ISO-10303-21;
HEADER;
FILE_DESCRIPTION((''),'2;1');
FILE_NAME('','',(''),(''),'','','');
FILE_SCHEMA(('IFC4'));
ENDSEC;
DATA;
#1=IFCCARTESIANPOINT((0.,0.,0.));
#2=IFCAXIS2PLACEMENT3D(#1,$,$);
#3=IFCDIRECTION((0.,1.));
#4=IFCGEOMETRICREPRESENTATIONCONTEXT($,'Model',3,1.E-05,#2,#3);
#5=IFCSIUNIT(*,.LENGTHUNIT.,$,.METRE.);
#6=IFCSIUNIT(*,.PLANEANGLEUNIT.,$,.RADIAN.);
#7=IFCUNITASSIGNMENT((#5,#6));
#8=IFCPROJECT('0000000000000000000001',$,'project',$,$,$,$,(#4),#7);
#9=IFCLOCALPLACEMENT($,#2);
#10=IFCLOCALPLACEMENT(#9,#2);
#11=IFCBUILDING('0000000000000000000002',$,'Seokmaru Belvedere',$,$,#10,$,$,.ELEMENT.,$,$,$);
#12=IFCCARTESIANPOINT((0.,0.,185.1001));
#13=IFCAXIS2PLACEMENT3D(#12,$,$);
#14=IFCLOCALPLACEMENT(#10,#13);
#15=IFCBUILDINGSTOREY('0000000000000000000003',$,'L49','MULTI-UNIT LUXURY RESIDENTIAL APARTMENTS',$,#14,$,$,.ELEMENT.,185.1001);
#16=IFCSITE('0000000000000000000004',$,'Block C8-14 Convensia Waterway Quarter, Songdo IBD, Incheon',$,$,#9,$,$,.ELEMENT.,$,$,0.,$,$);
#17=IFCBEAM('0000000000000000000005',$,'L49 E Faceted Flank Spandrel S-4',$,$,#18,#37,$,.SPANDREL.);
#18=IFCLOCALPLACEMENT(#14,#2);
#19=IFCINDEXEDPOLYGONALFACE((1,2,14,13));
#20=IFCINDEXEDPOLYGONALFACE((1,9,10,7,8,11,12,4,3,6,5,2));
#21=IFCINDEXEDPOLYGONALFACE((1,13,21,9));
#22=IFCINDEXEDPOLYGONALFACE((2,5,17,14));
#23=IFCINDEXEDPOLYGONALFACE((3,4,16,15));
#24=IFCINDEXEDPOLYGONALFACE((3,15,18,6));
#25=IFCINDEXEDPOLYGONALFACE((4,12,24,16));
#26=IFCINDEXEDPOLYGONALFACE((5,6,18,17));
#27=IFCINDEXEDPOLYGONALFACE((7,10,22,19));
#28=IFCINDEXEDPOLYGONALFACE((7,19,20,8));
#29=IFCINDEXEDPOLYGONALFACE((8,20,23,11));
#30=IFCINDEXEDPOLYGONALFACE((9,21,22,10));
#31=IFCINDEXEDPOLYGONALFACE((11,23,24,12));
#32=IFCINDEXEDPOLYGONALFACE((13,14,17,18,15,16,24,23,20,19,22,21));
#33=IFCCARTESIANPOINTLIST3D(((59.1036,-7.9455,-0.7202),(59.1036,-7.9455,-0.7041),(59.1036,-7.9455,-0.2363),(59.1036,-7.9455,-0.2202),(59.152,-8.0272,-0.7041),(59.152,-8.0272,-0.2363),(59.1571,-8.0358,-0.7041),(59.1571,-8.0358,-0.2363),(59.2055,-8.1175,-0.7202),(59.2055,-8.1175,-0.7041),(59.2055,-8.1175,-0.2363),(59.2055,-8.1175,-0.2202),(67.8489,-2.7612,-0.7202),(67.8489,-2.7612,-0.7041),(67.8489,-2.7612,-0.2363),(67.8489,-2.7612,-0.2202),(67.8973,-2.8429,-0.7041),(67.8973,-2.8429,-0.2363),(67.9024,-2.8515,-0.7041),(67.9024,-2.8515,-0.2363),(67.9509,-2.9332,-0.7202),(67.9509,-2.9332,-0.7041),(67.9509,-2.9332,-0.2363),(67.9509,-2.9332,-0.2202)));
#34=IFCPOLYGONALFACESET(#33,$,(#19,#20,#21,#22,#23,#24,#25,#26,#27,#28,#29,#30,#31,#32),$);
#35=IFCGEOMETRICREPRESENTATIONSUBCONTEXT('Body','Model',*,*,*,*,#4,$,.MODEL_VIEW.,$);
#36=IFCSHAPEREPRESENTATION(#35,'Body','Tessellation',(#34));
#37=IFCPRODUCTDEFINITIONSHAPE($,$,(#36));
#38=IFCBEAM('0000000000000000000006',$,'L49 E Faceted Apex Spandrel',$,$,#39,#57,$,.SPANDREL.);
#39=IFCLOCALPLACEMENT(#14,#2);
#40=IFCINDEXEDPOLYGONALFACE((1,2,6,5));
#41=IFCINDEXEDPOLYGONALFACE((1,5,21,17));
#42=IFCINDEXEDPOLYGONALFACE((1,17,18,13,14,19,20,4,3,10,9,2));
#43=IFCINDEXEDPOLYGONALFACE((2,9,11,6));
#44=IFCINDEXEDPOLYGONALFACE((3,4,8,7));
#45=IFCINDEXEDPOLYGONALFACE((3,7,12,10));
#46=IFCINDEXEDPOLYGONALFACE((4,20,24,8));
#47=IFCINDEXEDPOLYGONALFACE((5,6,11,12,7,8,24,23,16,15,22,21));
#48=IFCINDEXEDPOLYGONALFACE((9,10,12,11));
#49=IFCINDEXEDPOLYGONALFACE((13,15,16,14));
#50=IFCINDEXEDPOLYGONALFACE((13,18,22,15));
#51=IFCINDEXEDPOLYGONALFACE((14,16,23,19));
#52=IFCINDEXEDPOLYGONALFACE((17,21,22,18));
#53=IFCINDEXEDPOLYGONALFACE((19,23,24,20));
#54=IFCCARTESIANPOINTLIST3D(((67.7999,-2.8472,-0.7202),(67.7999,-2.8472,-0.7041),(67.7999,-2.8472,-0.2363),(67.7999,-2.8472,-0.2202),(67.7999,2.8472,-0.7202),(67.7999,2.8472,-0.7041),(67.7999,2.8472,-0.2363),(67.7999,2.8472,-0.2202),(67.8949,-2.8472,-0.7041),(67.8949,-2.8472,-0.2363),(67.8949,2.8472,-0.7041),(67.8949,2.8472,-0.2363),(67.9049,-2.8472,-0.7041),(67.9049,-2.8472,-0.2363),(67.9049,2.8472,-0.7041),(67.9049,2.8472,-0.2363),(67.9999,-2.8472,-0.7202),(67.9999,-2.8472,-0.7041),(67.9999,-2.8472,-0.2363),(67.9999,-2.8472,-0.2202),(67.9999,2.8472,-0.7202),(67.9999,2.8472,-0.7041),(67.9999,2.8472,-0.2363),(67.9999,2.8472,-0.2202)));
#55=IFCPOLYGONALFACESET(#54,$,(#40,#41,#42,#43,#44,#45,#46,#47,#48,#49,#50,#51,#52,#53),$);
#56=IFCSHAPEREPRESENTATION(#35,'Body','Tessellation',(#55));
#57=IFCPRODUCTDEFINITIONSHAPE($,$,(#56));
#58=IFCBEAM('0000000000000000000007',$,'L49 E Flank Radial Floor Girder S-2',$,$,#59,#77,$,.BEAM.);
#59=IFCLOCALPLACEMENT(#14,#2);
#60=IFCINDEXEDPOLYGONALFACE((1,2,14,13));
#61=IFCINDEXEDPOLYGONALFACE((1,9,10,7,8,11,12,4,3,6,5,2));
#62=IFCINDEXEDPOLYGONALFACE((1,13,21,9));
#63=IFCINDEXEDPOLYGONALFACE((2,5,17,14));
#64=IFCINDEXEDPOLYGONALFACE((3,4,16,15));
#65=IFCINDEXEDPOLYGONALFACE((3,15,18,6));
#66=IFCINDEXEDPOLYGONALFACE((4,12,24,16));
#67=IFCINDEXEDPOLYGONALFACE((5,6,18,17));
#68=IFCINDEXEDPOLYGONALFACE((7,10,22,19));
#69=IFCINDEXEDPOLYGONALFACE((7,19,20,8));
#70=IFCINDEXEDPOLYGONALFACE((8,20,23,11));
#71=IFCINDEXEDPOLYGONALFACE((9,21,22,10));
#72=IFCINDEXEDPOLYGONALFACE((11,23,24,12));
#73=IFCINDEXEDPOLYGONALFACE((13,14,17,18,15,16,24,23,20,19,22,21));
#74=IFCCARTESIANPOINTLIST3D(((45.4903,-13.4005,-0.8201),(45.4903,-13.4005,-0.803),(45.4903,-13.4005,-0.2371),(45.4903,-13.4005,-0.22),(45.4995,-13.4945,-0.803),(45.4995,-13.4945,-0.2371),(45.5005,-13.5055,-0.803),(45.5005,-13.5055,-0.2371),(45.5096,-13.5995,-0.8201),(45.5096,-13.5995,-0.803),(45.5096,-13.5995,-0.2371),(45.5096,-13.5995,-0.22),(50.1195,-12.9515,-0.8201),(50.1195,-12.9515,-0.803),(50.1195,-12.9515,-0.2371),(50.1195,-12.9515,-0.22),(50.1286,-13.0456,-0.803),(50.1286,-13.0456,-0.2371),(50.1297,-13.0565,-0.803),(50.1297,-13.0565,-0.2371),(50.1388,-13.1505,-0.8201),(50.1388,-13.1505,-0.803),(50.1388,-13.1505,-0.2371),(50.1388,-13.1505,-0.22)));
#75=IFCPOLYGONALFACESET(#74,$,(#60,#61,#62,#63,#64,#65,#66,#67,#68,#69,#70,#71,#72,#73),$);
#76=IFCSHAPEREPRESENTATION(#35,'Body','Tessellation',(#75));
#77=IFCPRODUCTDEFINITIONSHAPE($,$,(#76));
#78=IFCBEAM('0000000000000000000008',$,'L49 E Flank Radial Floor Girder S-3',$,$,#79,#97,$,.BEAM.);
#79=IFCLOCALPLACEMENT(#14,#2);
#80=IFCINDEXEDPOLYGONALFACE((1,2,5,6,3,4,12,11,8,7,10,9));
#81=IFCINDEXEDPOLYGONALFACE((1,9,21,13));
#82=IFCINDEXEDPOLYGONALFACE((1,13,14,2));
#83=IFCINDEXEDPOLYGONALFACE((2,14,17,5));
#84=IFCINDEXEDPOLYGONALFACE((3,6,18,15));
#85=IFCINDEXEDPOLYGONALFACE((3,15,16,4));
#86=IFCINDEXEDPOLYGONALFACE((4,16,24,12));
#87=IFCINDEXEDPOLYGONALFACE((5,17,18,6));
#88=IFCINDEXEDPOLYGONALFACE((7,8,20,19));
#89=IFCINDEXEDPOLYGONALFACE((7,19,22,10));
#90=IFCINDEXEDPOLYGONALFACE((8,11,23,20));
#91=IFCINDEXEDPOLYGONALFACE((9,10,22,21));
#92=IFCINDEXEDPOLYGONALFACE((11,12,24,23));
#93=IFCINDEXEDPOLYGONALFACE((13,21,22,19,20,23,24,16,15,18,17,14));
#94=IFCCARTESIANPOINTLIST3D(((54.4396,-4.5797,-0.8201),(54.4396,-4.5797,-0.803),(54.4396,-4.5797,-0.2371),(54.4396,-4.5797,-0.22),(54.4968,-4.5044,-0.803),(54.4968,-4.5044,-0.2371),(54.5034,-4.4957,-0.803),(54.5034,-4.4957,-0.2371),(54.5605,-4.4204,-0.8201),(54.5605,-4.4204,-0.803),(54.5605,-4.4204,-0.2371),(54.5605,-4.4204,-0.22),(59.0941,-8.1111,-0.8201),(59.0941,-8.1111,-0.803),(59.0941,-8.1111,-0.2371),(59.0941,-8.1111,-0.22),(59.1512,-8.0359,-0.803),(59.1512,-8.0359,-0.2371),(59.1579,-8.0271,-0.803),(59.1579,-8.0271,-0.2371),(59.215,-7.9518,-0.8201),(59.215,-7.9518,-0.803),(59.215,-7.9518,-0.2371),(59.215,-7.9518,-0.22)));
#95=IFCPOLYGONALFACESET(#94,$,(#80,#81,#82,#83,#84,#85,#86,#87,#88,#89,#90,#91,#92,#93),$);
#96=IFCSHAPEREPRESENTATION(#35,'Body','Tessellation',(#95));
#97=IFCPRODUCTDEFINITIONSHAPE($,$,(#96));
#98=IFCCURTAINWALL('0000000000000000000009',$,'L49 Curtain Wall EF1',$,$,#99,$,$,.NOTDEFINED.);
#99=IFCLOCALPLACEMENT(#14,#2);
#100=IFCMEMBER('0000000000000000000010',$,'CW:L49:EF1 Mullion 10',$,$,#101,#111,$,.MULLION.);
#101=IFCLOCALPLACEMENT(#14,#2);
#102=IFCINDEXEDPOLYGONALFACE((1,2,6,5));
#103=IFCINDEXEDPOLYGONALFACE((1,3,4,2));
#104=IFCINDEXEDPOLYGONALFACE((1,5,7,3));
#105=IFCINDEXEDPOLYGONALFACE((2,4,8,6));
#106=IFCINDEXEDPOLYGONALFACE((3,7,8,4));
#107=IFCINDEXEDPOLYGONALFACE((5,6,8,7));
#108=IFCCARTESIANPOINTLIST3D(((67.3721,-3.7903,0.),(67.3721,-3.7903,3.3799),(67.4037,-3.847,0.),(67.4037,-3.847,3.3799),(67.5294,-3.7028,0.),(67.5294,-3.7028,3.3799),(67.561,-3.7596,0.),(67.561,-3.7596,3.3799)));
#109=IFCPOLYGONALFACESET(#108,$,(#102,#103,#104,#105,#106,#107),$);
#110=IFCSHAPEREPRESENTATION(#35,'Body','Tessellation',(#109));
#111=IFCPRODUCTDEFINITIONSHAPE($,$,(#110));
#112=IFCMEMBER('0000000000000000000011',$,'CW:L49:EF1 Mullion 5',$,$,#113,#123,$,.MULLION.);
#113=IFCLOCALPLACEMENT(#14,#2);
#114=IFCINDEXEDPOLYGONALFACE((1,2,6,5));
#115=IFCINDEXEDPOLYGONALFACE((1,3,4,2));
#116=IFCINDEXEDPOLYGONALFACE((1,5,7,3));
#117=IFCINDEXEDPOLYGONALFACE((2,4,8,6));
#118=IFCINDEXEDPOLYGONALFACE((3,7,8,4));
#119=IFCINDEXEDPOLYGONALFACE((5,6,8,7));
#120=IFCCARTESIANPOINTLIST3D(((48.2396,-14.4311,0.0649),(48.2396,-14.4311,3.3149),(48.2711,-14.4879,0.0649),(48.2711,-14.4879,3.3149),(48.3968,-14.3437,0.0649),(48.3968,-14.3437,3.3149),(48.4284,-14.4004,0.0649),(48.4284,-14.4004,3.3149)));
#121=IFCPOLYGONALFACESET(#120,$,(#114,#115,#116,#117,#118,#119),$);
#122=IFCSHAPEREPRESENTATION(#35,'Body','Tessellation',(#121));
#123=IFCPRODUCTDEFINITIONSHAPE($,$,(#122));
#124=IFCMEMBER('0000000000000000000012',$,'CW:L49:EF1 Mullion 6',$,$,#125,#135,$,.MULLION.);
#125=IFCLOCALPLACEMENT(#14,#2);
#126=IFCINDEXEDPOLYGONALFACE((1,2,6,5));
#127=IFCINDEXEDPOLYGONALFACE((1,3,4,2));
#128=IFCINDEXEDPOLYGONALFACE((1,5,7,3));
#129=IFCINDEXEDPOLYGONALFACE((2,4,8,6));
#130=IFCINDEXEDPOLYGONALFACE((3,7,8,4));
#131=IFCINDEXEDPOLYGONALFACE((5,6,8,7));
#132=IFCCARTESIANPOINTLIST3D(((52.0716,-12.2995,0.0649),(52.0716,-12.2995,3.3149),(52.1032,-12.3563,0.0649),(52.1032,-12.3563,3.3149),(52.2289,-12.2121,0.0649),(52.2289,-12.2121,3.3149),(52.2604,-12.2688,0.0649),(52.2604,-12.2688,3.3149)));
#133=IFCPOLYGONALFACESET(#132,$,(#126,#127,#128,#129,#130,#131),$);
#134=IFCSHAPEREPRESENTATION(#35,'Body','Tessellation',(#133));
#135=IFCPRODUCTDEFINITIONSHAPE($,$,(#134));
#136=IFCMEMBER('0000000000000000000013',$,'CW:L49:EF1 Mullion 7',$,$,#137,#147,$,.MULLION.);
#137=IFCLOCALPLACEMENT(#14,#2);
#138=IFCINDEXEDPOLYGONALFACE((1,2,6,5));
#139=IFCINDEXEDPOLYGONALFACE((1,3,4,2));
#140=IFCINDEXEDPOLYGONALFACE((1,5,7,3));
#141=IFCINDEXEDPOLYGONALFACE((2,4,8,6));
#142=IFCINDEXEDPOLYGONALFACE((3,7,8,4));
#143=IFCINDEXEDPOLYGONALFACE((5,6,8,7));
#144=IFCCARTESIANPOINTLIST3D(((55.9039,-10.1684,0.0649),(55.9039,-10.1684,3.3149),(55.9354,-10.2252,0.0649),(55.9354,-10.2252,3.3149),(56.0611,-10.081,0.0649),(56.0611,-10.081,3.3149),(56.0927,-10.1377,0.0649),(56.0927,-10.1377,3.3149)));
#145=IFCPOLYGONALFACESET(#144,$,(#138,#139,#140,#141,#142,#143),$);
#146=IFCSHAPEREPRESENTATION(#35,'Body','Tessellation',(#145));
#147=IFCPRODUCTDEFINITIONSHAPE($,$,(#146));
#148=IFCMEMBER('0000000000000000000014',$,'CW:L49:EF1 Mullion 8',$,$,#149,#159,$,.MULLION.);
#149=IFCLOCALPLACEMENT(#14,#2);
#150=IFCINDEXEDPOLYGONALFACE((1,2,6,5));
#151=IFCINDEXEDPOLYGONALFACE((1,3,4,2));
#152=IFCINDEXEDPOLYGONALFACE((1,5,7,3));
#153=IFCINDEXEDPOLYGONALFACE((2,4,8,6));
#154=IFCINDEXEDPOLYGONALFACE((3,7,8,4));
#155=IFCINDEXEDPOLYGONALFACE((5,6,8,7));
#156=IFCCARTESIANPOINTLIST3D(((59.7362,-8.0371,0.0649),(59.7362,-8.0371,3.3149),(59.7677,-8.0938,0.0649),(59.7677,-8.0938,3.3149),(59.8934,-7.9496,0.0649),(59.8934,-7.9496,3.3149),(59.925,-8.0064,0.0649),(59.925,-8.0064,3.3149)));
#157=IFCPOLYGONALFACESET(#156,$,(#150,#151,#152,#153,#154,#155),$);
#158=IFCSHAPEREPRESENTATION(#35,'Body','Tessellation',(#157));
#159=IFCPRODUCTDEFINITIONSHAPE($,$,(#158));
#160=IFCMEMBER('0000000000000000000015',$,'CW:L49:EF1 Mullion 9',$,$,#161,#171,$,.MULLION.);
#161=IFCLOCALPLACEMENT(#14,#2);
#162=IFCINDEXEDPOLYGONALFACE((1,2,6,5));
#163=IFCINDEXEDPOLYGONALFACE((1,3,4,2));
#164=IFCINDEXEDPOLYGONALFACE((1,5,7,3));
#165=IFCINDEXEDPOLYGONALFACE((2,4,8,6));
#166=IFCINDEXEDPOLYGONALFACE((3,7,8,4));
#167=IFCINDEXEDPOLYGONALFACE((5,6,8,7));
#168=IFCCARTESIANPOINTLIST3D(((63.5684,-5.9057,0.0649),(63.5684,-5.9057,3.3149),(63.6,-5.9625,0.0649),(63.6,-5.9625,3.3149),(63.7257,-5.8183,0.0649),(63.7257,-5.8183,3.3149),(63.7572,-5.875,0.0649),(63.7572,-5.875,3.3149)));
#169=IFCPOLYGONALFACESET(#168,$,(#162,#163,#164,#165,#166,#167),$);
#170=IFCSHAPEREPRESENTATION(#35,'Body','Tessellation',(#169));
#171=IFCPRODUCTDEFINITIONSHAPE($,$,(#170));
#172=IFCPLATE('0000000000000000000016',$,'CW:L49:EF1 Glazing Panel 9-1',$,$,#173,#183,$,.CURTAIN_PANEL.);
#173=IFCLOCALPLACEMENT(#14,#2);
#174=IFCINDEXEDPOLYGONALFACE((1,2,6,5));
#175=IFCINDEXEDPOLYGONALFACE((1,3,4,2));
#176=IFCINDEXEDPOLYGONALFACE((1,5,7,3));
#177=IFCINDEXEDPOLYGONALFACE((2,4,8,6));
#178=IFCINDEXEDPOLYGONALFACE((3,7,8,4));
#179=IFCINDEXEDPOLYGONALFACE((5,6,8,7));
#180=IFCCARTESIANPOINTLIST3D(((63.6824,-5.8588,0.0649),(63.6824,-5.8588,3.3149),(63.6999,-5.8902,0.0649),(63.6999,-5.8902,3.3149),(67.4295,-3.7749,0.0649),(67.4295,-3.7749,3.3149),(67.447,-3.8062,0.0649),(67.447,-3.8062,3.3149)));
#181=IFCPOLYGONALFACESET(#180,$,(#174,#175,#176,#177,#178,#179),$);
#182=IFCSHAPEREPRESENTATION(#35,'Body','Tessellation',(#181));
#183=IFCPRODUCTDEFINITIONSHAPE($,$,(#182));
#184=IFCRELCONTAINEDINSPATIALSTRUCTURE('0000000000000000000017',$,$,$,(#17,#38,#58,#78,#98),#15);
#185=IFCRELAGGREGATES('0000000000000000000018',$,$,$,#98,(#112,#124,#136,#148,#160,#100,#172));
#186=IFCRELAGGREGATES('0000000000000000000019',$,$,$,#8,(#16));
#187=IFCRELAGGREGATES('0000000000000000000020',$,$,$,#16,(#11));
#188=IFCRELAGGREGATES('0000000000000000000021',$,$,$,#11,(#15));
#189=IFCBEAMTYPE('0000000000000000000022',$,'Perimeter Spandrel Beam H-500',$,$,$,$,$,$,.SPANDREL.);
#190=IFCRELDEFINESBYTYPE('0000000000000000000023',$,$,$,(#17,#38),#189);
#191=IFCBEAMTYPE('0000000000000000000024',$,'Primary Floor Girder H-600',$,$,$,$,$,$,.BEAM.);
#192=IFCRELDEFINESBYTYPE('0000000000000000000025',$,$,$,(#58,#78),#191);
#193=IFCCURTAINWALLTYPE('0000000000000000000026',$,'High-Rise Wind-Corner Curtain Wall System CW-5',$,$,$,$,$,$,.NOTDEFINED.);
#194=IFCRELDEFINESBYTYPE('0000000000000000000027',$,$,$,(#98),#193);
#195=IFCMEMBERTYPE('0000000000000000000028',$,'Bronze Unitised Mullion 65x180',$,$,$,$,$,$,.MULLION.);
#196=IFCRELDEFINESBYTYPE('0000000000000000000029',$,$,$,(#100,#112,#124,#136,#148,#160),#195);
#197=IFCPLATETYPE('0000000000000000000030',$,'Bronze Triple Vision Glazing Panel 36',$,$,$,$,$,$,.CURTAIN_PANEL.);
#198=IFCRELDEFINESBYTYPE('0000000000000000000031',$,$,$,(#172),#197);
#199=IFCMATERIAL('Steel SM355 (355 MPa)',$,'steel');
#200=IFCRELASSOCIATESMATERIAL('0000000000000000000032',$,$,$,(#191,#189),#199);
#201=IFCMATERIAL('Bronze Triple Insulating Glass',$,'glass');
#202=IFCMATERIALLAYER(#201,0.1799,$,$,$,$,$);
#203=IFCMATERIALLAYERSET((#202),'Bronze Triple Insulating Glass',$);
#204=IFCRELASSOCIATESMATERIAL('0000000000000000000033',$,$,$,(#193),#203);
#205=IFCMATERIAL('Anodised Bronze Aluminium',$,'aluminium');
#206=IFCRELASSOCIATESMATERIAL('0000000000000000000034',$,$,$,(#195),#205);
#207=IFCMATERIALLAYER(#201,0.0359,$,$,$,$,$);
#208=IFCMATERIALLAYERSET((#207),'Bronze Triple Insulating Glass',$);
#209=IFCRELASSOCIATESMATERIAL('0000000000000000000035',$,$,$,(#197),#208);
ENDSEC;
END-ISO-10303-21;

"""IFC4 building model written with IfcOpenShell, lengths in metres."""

from ifc_helpers import new_model, si_unit, direction, frame, origin, origin_2d, place, context, subcontext, project, spatial, rectangle, i_section, extrude, source, transform, mapped, material, layer, layer_set, material_profile, profile_set, type_object, type_shapes, element, aggregate, save


model = new_model("IFC4")

# Units and contexts
model_context = context("Model", 3, precision=1e-05, world=origin(), true_north=direction((0.0, 1.0)))
body_context = subcontext(model_context, "Body", "Model", "MODEL_VIEW")
ifc_project = project(units=[si_unit("LENGTHUNIT", "METRE"), si_unit("PLANEANGLEUNIT", "RADIAN")], contexts=[model_context])

# Site, building, storey
site_placement = place(None, origin())
site = spatial("IfcSite", under=ifc_project, at=site_placement, Name="Block C8-14 Convensia Waterway Quarter, Songdo IBD, Incheon", CompositionType="ELEMENT", RefElevation=0.0)
building_placement = place(site_placement, origin())
building = spatial("IfcBuilding", under=site, at=building_placement, Name="Seokmaru Belvedere", CompositionType="ELEMENT")
storey_placement = place(building_placement, frame((0.0, 0.0, 185.1001)))
storey = spatial("IfcBuildingStorey", under=building, at=storey_placement, Name="L49", Description="MULTI-UNIT LUXURY RESIDENTIAL APARTMENTS", CompositionType="ELEMENT", Elevation=185.1001)

# Shared definitions
ifc_material_1 = material(Name="Steel SM355 (355 MPa)", Category="steel")

# Beams
ifc_material_profile_1 = material_profile(ifc_material_1, i_section(OverallWidth=0.2, OverallDepth=0.6001, WebThickness=0.011, FlangeThickness=0.0171, at=origin_2d()), Name="H-600x200x11x17")
ifc_profile_set_1 = profile_set([ifc_material_profile_1], Name="Steel SM355 (355 MPa)")
beam_type_1 = type_object("IfcBeamType", Name="Primary Floor Girder H-600", PredefinedType="BEAM", material=ifc_profile_set_1)
ifc_material_profile_2 = material_profile(ifc_material_1, i_section(OverallWidth=0.2, OverallDepth=0.5, WebThickness=0.01, FlangeThickness=0.0161, at=origin_2d()), Name="H-500x200x10x16")
ifc_profile_set_2 = profile_set([ifc_material_profile_2], Name="Steel SM355 (355 MPa)")
beam_type_2 = type_object("IfcBeamType", Name="Perimeter Spandrel Beam H-500", PredefinedType="SPANDREL", material=ifc_profile_set_2)
shared_shape_1 = source(origin(), body_context, "Body", "SweptSolid", [
    extrude(i_section(OverallWidth=0.2, OverallDepth=0.5, WebThickness=0.01, FlangeThickness=0.0161, at=origin_2d()), origin(), (0.0, 0.0, 1.0), 10.1665),
])
beam_1_placement = place(storey_placement, frame((59.1545, -8.0315, -0.4702), z_axis=(0.86021, 0.50994, 0.0), x_axis=(-0.50994, 0.86021, 0.0)))
element("IfcBeam", 1, at=beam_1_placement, inside=storey, type_object=beam_type_2, Name="L49 E Faceted Flank Spandrel S-4", PredefinedType="SPANDREL", context=body_context, shape_type="MappedRepresentation", body=[
    mapped(shared_shape_1, transform((0.0, 0.0, 0.0), scale=1.0)),
])
shared_shape_2 = source(origin(), body_context, "Body", "SweptSolid", [
    extrude(i_section(OverallWidth=0.2, OverallDepth=0.5, WebThickness=0.01, FlangeThickness=0.0161, at=origin_2d()), origin(), (0.0, 0.0, 1.0), 5.6943),
])
beam_2_placement = place(storey_placement, frame((67.8999, -2.8472, -0.4702), z_axis=(0.0, 1.0, 0.0), x_axis=(-1.0, 0.0, 0.0)))
element("IfcBeam", 2, at=beam_2_placement, inside=storey, type_object=beam_type_2, Name="L49 E Faceted Apex Spandrel", PredefinedType="SPANDREL", context=body_context, shape_type="MappedRepresentation", body=[
    mapped(shared_shape_2, transform((0.0, 0.0, 0.0), scale=1.0)),
])
shared_shape_3 = source(origin(), body_context, "Body", "SweptSolid", [
    extrude(i_section(OverallWidth=0.2, OverallDepth=0.6001, WebThickness=0.011, FlangeThickness=0.0171, at=origin_2d()), origin(), (0.0, 0.0, 1.0), 4.6509),
])
beam_3_placement = place(storey_placement, frame((50.1292, -13.051, -0.52), z_axis=(-0.99533, -0.096536, 0.0), x_axis=(0.096536, -0.99533, 0.0)))
element("IfcBeam", 3, at=beam_3_placement, inside=storey, type_object=beam_type_1, Name="L49 E Flank Radial Floor Girder S-2", PredefinedType="BEAM", context=body_context, shape_type="MappedRepresentation", body=[
    mapped(shared_shape_3, transform((0.0, 0.0, 0.0), scale=1.0)),
])
shared_shape_4 = source(origin(), body_context, "Body", "SweptSolid", [
    extrude(i_section(OverallWidth=0.2, OverallDepth=0.6001, WebThickness=0.011, FlangeThickness=0.0171, at=origin_2d()), origin(), (0.0, 0.0, 1.0), 5.8425),
])
beam_4_placement = place(storey_placement, frame((59.1545, -8.0315, -0.52), z_axis=(-0.796653, 0.604437, 0.0), x_axis=(-0.604437, -0.796653, 0.0)))
element("IfcBeam", 4, at=beam_4_placement, inside=storey, type_object=beam_type_1, Name="L49 E Flank Radial Floor Girder S-3", PredefinedType="BEAM", context=body_context, shape_type="MappedRepresentation", body=[
    mapped(shared_shape_4, transform((0.0, 0.0, 0.0), scale=1.0)),
])

# Curtain wall, members, plate
ifc_material_2 = material(Name="Bronze Triple Insulating Glass", Category="glass")
ifc_layer_1 = layer(ifc_material_2, 0.1799)
ifc_layer_set_1 = layer_set([ifc_layer_1], Name="Bronze Triple Insulating Glass")
curtain_wall_type = type_object("IfcCurtainWallType", Name="High-Rise Wind-Corner Curtain Wall System CW-5", PredefinedType="NOTDEFINED", material=ifc_layer_set_1)
curtain_wall_placement = place(storey_placement, origin())
curtain_wall = element("IfcCurtainWall", 5, at=curtain_wall_placement, inside=storey, type_object=curtain_wall_type, Name="L49 Curtain Wall EF1", PredefinedType="NOTDEFINED")
ifc_material_3 = material(Name="Anodised Bronze Aluminium", Category="aluminium")
ifc_material_profile_3 = material_profile(ifc_material_3, rectangle(XDim=0.0649, YDim=0.1799, at=origin_2d()), Name="CW-M-65x180")
ifc_profile_set_3 = profile_set([ifc_material_profile_3], Name="Anodised Bronze Aluminium")
member_type = type_object("IfcMemberType", Name="Bronze Unitised Mullion 65x180", PredefinedType="MULLION", material=ifc_profile_set_3)
shared_shape_5 = source(origin(), body_context, "Body", "SweptSolid", [
    extrude(rectangle(XDim=0.0649, YDim=0.1799, at=origin_2d()), origin(), (0.0, 0.0, 1.0), 3.3799),
])
member_1_placement = place(storey_placement, frame((67.4666, -3.7749, 0.0), z_axis=(0.0, 0.0, 1.0), x_axis=(-0.486047, 0.873933, 0.0)))
member_1 = element("IfcMember", 6, at=member_1_placement, type_object=member_type, Name="CW:L49:EF1 Mullion 10", PredefinedType="MULLION", context=body_context, shape_type="MappedRepresentation", body=[
    mapped(shared_shape_5, transform((0.0, 0.0, 0.0), scale=1.0)),
])
shared_shape_6 = source(origin(), body_context, "Body", "SweptSolid", [
    extrude(rectangle(XDim=0.0649, YDim=0.1799, at=origin_2d()), origin(), (0.0, 0.0, 1.0), 3.25),
])
type_shapes(member_type, [shared_shape_5, shared_shape_6])
member_2_placement = place(storey_placement, frame((48.334, -14.4158, 0.0649), z_axis=(0.0, 0.0, 1.0), x_axis=(-0.486047, 0.873933, 0.0)))
member_2 = element("IfcMember", 7, at=member_2_placement, type_object=member_type, Name="CW:L49:EF1 Mullion 5", PredefinedType="MULLION", context=body_context, shape_type="MappedRepresentation", body=[
    mapped(shared_shape_6, transform((0.0, 0.0, 0.0), scale=1.0)),
])
member_3_placement = place(storey_placement, frame((52.166, -12.2842, 0.0649), z_axis=(0.0, 0.0, 1.0), x_axis=(-0.486047, 0.873933, 0.0)))
member_3 = element("IfcMember", 8, at=member_3_placement, type_object=member_type, Name="CW:L49:EF1 Mullion 6", PredefinedType="MULLION", context=body_context, shape_type="MappedRepresentation", body=[
    mapped(shared_shape_6, transform((0.0, 0.0, 0.0), scale=1.0)),
])
member_4_placement = place(storey_placement, frame((55.9983, -10.1531, 0.0649), z_axis=(0.0, 0.0, 1.0), x_axis=(-0.486047, 0.873933, 0.0)))
member_4 = element("IfcMember", 9, at=member_4_placement, type_object=member_type, Name="CW:L49:EF1 Mullion 7", PredefinedType="MULLION", context=body_context, shape_type="MappedRepresentation", body=[
    mapped(shared_shape_6, transform((0.0, 0.0, 0.0), scale=1.0)),
])
member_5_placement = place(storey_placement, frame((59.8306, -8.0217, 0.0649), z_axis=(0.0, 0.0, 1.0), x_axis=(-0.486047, 0.873933, 0.0)))
member_5 = element("IfcMember", 10, at=member_5_placement, type_object=member_type, Name="CW:L49:EF1 Mullion 8", PredefinedType="MULLION", context=body_context, shape_type="MappedRepresentation", body=[
    mapped(shared_shape_6, transform((0.0, 0.0, 0.0), scale=1.0)),
])
member_6_placement = place(storey_placement, frame((63.6628, -5.8904, 0.0649), z_axis=(0.0, 0.0, 1.0), x_axis=(-0.486047, 0.873933, 0.0)))
member_6 = element("IfcMember", 11, at=member_6_placement, type_object=member_type, Name="CW:L49:EF1 Mullion 9", PredefinedType="MULLION", context=body_context, shape_type="MappedRepresentation", body=[
    mapped(shared_shape_6, transform((0.0, 0.0, 0.0), scale=1.0)),
])
ifc_layer_2 = layer(ifc_material_2, 0.0359)
ifc_layer_set_2 = layer_set([ifc_layer_2], Name="Bronze Triple Insulating Glass")
plate_type = type_object("IfcPlateType", Name="Bronze Triple Vision Glazing Panel 36", PredefinedType="CURTAIN_PANEL", material=ifc_layer_set_2)
shared_shape_7 = source(origin(), body_context, "Body", "SweptSolid", [
    extrude(rectangle(XDim=4.2876, YDim=0.0359, at=origin_2d()), origin(), (0.0, 0.0, 1.0), 3.25),
])
plate_1_placement = place(storey_placement, frame((65.5647, -4.8325, 0.0649), z_axis=(0.0, 0.0, 1.0), x_axis=(0.873933, 0.486047, 0.0)))
plate_1 = element("IfcPlate", 12, at=plate_1_placement, type_object=plate_type, Name="CW:L49:EF1 Glazing Panel 9-1", PredefinedType="CURTAIN_PANEL", context=body_context, shape_type="MappedRepresentation", body=[
    mapped(shared_shape_7, transform((0.0, 0.0, 0.0), scale=1.0)),
])
aggregate(curtain_wall, [member_2, member_3, member_4, member_5, member_6, member_1, plate_1])

save(model, "model.ifc")
